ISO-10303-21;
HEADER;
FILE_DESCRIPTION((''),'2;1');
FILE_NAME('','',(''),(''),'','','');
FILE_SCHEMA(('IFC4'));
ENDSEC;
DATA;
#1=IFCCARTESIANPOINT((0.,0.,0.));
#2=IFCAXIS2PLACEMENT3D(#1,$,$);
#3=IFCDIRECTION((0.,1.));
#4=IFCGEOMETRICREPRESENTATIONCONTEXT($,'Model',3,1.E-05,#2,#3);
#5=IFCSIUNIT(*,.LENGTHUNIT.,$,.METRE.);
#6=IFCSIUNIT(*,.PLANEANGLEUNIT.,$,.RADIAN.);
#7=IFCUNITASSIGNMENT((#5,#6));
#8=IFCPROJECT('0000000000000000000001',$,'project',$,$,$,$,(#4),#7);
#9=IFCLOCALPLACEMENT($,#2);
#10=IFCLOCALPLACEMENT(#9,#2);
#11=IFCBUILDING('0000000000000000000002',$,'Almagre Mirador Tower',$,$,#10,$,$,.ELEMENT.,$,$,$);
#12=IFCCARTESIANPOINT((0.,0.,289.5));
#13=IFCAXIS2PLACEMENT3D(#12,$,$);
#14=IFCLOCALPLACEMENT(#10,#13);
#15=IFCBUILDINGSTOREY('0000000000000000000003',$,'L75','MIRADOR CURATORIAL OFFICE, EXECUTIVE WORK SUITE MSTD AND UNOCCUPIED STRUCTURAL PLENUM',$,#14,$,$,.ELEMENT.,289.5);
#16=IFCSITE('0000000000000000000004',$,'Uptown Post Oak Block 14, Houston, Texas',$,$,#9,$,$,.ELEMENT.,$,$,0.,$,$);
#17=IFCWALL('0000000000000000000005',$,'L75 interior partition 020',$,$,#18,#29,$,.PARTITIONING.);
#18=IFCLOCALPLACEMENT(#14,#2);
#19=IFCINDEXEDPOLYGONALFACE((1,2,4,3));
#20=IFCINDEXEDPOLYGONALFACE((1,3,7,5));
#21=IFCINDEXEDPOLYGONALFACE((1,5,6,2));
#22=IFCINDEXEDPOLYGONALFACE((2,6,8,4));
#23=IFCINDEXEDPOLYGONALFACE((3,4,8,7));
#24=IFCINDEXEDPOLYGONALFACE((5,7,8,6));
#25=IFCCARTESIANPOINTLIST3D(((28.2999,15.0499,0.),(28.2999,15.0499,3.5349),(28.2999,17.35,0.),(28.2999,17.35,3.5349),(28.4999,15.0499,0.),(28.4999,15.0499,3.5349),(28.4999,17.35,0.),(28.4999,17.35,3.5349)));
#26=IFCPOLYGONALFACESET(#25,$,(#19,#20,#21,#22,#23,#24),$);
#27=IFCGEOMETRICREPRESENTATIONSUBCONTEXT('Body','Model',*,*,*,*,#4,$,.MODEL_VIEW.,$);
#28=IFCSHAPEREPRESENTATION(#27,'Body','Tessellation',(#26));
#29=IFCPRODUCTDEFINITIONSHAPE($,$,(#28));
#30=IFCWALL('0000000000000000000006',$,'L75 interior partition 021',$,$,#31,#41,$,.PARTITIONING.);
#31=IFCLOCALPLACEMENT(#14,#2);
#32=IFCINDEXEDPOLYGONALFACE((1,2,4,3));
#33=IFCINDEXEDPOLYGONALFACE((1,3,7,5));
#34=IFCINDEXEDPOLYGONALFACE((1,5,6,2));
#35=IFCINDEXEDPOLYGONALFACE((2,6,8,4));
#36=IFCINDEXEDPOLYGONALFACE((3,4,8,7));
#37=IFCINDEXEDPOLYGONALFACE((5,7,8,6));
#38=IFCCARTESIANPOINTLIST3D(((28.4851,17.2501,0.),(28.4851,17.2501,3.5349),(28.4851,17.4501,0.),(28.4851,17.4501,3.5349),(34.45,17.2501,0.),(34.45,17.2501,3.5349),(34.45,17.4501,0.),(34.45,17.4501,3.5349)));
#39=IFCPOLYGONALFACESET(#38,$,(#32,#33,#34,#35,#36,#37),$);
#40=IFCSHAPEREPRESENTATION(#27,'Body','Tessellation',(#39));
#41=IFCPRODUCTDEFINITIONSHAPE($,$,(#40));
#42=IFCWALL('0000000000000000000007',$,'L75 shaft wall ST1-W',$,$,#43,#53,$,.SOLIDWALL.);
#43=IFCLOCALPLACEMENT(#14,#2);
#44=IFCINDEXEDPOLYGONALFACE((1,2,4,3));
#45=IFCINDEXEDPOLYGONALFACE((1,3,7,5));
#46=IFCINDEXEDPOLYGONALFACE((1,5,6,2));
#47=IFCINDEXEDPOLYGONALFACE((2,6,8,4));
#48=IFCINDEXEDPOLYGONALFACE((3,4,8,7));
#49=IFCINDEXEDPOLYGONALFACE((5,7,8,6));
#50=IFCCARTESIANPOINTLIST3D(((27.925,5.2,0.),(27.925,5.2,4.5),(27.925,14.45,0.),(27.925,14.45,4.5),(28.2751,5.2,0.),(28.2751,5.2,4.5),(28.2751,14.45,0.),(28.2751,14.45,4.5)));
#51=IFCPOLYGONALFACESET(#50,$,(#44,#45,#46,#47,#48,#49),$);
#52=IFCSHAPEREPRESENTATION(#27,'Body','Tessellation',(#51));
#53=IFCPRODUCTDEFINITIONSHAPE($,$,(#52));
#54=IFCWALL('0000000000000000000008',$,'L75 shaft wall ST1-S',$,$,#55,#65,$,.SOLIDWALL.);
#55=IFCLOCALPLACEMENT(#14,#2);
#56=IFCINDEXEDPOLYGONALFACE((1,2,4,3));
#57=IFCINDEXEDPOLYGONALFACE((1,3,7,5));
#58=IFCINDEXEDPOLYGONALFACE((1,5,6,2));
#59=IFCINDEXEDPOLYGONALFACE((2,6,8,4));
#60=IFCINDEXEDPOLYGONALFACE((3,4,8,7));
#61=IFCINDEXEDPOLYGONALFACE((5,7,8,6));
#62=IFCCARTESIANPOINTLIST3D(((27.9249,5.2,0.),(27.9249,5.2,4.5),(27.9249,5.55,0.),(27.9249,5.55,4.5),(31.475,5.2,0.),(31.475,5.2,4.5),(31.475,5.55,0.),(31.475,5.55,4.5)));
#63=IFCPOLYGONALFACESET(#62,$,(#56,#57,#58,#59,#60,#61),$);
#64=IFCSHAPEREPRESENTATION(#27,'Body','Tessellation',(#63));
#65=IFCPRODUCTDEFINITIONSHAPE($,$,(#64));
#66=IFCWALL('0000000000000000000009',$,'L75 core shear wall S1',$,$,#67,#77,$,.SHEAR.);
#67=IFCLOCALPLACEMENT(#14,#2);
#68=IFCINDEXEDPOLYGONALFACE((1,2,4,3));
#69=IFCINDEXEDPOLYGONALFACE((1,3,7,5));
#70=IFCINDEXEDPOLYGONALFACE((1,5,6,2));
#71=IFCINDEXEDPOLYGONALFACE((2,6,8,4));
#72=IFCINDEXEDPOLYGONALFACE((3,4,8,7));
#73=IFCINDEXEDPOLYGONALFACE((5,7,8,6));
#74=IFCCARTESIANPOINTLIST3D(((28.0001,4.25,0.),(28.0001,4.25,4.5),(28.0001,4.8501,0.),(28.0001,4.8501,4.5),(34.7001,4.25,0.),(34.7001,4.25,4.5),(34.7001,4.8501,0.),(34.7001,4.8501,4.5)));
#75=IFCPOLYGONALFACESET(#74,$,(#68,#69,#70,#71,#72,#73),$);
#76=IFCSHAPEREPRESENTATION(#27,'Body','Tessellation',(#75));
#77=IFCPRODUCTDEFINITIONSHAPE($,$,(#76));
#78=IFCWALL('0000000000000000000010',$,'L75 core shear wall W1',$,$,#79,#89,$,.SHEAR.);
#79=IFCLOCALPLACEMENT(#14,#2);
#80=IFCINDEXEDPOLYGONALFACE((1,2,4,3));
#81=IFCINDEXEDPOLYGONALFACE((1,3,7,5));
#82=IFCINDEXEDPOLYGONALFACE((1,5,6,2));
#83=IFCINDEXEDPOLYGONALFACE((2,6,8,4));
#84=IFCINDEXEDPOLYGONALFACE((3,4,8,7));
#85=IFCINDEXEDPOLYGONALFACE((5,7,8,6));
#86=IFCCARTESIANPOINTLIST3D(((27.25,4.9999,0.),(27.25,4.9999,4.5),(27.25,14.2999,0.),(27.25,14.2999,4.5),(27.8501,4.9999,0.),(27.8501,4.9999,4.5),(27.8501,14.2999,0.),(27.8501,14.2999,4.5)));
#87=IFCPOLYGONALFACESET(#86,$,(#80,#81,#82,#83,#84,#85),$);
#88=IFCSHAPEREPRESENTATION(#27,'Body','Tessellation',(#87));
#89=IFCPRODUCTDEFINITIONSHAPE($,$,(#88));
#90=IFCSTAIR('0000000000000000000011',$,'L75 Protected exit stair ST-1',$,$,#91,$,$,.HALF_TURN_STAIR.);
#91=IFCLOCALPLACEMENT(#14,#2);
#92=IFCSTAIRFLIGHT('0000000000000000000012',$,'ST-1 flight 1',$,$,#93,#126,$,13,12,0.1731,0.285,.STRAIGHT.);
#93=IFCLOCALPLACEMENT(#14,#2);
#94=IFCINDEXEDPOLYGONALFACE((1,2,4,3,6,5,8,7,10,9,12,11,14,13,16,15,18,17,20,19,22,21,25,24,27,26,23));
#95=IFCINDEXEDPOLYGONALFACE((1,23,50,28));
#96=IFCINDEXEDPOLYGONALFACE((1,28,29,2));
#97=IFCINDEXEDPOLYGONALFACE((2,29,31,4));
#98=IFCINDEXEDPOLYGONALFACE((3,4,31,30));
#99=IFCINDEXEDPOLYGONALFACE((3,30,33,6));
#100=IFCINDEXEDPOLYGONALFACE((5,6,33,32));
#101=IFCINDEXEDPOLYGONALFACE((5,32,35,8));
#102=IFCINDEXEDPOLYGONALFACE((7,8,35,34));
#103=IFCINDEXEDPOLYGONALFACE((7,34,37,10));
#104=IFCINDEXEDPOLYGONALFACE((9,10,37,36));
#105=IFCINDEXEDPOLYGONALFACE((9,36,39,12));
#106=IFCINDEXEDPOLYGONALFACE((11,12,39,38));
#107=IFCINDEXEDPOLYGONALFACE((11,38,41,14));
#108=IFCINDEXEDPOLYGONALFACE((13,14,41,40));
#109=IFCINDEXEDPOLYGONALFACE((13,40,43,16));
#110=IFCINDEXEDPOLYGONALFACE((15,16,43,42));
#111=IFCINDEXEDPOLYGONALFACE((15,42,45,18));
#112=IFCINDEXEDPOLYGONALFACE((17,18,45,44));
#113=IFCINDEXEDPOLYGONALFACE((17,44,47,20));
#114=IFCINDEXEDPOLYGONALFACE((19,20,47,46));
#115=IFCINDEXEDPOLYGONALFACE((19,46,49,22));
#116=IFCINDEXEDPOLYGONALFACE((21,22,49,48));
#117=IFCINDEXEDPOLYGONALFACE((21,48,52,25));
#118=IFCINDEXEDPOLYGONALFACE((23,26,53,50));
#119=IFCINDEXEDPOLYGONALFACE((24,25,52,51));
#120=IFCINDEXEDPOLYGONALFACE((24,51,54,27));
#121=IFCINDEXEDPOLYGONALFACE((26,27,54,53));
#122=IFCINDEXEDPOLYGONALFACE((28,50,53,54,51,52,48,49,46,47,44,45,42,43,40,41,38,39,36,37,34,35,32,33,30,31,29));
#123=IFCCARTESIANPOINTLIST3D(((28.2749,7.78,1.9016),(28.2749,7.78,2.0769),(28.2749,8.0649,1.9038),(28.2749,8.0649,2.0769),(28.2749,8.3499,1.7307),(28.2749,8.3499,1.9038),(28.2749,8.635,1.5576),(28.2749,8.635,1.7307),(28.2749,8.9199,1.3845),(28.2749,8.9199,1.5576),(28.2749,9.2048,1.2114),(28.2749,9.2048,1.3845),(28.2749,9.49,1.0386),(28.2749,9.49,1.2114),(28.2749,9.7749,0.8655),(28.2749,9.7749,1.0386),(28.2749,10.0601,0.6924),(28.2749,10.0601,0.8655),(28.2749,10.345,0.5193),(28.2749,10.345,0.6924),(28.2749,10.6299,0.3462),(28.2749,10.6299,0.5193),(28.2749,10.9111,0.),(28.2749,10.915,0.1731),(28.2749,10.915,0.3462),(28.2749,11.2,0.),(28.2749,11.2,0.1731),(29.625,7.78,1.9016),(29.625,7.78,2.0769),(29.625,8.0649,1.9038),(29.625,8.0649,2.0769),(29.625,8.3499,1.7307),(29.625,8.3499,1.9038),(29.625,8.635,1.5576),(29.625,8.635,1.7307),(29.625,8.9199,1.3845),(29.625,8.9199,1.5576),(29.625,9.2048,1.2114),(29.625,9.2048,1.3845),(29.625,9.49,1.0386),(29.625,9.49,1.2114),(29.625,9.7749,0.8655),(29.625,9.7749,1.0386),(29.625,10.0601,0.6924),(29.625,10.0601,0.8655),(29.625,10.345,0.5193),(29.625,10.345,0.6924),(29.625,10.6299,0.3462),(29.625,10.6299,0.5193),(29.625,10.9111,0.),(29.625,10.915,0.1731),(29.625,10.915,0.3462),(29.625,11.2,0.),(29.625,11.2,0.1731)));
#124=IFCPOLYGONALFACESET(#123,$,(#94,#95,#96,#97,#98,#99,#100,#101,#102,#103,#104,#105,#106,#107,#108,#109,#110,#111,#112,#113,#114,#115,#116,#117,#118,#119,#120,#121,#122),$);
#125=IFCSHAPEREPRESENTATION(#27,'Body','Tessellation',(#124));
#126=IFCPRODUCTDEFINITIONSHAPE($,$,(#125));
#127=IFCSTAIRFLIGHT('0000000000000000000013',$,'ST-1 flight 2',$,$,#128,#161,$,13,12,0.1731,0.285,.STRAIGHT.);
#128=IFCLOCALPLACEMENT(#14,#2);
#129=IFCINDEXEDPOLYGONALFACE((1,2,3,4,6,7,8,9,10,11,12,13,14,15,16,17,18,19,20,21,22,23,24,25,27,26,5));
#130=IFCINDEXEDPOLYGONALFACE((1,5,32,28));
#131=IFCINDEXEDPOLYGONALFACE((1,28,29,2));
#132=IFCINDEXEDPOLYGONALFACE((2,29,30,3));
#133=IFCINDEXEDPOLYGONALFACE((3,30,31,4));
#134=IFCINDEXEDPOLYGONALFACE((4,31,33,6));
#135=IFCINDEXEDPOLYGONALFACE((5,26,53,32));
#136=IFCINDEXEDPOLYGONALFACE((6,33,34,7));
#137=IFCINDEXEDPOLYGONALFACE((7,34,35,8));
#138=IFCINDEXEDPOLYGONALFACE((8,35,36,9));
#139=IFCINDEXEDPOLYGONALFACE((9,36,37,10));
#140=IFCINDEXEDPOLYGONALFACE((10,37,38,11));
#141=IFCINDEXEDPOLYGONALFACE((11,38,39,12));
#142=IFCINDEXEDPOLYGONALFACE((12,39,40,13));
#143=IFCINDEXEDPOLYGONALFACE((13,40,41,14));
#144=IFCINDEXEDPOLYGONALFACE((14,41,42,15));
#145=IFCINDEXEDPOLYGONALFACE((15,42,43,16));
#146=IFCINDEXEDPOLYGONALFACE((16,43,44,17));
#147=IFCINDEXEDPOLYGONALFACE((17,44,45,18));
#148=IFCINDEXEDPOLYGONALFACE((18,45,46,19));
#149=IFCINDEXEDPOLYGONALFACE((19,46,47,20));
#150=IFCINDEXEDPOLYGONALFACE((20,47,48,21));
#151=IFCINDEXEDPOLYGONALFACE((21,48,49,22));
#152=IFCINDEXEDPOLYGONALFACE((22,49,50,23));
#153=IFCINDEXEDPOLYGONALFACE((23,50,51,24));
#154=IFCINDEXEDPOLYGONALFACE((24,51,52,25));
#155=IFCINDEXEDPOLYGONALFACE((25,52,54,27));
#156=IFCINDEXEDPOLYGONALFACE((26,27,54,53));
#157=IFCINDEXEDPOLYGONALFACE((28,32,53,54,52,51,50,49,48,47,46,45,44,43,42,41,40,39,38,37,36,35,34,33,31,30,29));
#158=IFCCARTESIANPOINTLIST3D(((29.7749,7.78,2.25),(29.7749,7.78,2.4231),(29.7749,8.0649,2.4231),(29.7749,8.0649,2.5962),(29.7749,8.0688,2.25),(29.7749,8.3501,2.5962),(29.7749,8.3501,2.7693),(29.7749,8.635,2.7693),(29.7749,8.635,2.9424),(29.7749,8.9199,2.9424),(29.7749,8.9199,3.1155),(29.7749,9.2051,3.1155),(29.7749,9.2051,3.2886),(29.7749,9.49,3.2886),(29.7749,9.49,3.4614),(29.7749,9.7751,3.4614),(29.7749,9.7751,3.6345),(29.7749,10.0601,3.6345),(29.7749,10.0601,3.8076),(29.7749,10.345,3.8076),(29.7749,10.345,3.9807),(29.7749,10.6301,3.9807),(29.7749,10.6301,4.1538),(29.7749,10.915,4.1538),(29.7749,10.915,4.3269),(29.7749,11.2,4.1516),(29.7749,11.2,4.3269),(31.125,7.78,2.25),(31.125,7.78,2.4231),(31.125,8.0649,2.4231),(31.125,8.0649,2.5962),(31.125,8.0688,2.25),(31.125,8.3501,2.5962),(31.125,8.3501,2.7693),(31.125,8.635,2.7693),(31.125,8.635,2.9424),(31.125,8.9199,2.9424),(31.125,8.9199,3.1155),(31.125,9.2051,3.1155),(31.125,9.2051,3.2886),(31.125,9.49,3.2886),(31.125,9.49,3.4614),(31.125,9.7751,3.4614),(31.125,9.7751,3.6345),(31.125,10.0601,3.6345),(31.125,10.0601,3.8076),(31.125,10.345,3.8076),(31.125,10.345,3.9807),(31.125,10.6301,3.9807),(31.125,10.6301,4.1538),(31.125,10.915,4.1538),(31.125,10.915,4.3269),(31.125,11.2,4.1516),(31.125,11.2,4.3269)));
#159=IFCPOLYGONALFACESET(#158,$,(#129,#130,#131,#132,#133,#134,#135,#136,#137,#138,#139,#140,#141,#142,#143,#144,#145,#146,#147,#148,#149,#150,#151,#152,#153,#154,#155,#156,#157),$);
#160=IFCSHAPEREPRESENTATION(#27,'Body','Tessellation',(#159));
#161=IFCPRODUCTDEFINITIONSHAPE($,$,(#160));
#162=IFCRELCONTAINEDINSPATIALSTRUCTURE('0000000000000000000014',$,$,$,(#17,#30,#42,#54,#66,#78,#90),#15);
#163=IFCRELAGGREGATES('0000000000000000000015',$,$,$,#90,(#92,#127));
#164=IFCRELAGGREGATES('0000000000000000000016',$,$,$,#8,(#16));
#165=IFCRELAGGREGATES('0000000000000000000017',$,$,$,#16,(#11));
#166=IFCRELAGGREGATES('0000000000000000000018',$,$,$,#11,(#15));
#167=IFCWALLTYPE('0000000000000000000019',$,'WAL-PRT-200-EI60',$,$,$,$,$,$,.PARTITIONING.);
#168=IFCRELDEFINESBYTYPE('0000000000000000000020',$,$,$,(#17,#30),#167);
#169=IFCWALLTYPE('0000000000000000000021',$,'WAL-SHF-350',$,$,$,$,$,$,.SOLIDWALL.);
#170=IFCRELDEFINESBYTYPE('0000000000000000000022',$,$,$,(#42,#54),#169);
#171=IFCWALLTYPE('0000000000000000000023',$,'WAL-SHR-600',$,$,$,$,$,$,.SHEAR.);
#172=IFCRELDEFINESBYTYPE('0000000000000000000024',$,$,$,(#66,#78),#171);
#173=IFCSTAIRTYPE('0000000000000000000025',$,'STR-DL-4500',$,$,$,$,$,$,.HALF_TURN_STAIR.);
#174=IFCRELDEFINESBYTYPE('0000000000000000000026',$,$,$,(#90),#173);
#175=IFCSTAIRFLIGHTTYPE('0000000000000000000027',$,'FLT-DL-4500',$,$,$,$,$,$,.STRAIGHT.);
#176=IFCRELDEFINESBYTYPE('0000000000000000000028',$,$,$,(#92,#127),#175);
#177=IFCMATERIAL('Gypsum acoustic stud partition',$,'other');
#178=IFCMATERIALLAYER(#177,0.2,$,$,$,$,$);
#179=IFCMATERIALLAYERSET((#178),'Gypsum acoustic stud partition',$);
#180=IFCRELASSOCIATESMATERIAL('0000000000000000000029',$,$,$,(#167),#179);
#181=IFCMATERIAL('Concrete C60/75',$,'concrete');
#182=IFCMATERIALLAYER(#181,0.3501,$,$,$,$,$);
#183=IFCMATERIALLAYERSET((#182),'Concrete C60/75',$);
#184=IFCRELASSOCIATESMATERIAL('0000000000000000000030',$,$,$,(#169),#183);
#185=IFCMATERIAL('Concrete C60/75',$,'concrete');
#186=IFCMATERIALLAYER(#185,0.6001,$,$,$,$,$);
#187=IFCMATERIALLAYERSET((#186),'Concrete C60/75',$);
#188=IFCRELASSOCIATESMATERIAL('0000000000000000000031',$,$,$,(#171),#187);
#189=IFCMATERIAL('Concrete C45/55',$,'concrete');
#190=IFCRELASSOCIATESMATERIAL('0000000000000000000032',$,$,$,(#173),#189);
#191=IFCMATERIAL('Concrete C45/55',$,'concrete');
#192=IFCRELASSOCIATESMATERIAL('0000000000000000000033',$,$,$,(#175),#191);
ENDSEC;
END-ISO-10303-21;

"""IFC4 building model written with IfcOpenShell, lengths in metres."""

from ifc_helpers import new_model, si_unit, direction, frame, frame_2d, origin, place, context, subcontext, project, spatial, polyline, rectangle, outline, extrude, material, layer, layer_set, type_object, element, aggregate, save


model = new_model("IFC4")

# Units and contexts
model_context = context("Model", 3, precision=1e-05, world=origin(), true_north=direction((0.0, 1.0)))
body_context = subcontext(model_context, "Body", "Model", "MODEL_VIEW")
ifc_project = project(units=[si_unit("LENGTHUNIT", "METRE"), si_unit("PLANEANGLEUNIT", "RADIAN")], contexts=[model_context])

# Site, building, storey
site_placement = place(None, origin())
site = spatial("IfcSite", under=ifc_project, at=site_placement, Name="Uptown Post Oak Block 14, Houston, Texas", CompositionType="ELEMENT", RefElevation=0.0)
building_placement = place(site_placement, origin())
building = spatial("IfcBuilding", under=site, at=building_placement, Name="Almagre Mirador Tower", CompositionType="ELEMENT")
storey_placement = place(building_placement, frame((0.0, 0.0, 289.5)))
storey = spatial("IfcBuildingStorey", under=building, at=storey_placement, Name="L75", Description="MIRADOR CURATORIAL OFFICE, EXECUTIVE WORK SUITE MSTD AND UNOCCUPIED STRUCTURAL PLENUM", CompositionType="ELEMENT", Elevation=289.5)

# Walls
ifc_material_1 = material(Name="Gypsum acoustic stud partition", Category="other")
ifc_layer_1 = layer(ifc_material_1, 0.2)
ifc_layer_set_1 = layer_set([ifc_layer_1], Name="Gypsum acoustic stud partition")
wall_type_1 = type_object("IfcWallType", Name="WAL-PRT-200-EI60", PredefinedType="PARTITIONING", material=ifc_layer_set_1)
wall_1_placement = place(storey_placement, frame((28.3999, 15.05, 0.0), z_axis=(0.0, 0.0, 1.0), x_axis=(0.0, 1.0, 0.0)))
element("IfcWall", 1, at=wall_1_placement, inside=storey, type_object=wall_type_1, Name="L75 interior partition 020", PredefinedType="PARTITIONING", context=body_context, shape_type="SweptSolid", body=[
    extrude(rectangle(XDim=2.3, YDim=0.2, at=frame_2d((1.1499, 0.0))), origin(), (0.0, 0.0, 1.0), 3.5349),
])
wall_2_placement = place(storey_placement, frame((28.4851, 17.3501, 0.0), z_axis=(0.0, 0.0, 1.0), x_axis=(1.0, 0.0, 0.0)))
element("IfcWall", 2, at=wall_2_placement, inside=storey, type_object=wall_type_1, Name="L75 interior partition 021", PredefinedType="PARTITIONING", context=body_context, shape_type="SweptSolid", body=[
    extrude(rectangle(XDim=5.9648, YDim=0.2, at=frame_2d((2.9824, 0.0))), origin(), (0.0, 0.0, 1.0), 3.5349),
])
ifc_material_2 = material(Name="Concrete C60/75", Category="concrete")
ifc_layer_2 = layer(ifc_material_2, 0.3501)
ifc_layer_set_2 = layer_set([ifc_layer_2], Name="Concrete C60/75")
wall_type_2 = type_object("IfcWallType", Name="WAL-SHF-350", PredefinedType="SOLIDWALL", material=ifc_layer_set_2)
wall_3_placement = place(storey_placement, frame((28.1001, 5.2, 0.0), z_axis=(0.0, 0.0, 1.0), x_axis=(0.0, 1.0, 0.0)))
element("IfcWall", 3, at=wall_3_placement, inside=storey, type_object=wall_type_2, Name="L75 shaft wall ST1-W", PredefinedType="SOLIDWALL", context=body_context, shape_type="SweptSolid", body=[
    extrude(rectangle(XDim=9.25, YDim=0.3501, at=frame_2d((4.625, 0.0))), origin(), (0.0, 0.0, 1.0), 4.5),
])
wall_4_placement = place(storey_placement, frame((27.925, 5.375, 0.0), z_axis=(0.0, 0.0, 1.0), x_axis=(1.0, 0.0, 0.0)))
element("IfcWall", 4, at=wall_4_placement, inside=storey, type_object=wall_type_2, Name="L75 shaft wall ST1-S", PredefinedType="SOLIDWALL", context=body_context, shape_type="SweptSolid", body=[
    extrude(rectangle(XDim=3.55, YDim=0.3501, at=frame_2d((1.7749, 0.0))), origin(), (0.0, 0.0, 1.0), 4.5),
])
ifc_material_3 = material(Name="Concrete C60/75", Category="concrete")
ifc_layer_3 = layer(ifc_material_3, 0.6001)
ifc_layer_set_3 = layer_set([ifc_layer_3], Name="Concrete C60/75")
wall_type_3 = type_object("IfcWallType", Name="WAL-SHR-600", PredefinedType="SHEAR", material=ifc_layer_set_3)
wall_5_placement = place(storey_placement, frame((28.0, 4.55, 0.0), z_axis=(0.0, 0.0, 1.0), x_axis=(1.0, 0.0, 0.0)))
element("IfcWall", 5, at=wall_5_placement, inside=storey, type_object=wall_type_3, Name="L75 core shear wall S1", PredefinedType="SHEAR", context=body_context, shape_type="SweptSolid", body=[
    extrude(rectangle(XDim=6.7, YDim=0.6001, at=frame_2d((3.3501, 0.0))), origin(), (0.0, 0.0, 1.0), 4.5),
])

# Wall
wall_6_placement = place(storey_placement, frame((27.55, 5.0, 0.0), z_axis=(0.0, 0.0, 1.0), x_axis=(0.0, 1.0, 0.0)))
element("IfcWall", 6, at=wall_6_placement, inside=storey, type_object=wall_type_3, Name="L75 core shear wall W1", PredefinedType="SHEAR", context=body_context, shape_type="SweptSolid", body=[
    extrude(rectangle(XDim=9.3, YDim=0.6001, at=frame_2d((4.6499, 0.0))), origin(), (0.0, 0.0, 1.0), 4.5),
])

# Stair, stair flights
ifc_material_4 = material(Name="Concrete C45/55", Category="concrete")
stair_type = type_object("IfcStairType", Name="STR-DL-4500", PredefinedType="HALF_TURN_STAIR", material=ifc_material_4)
stair_placement = place(storey_placement, origin())
stair = element("IfcStair", 7, at=stair_placement, inside=storey, type_object=stair_type, Name="L75 Protected exit stair ST-1", PredefinedType="HALF_TURN_STAIR")
ifc_material_5 = material(Name="Concrete C45/55", Category="concrete")
stair_flight_type = type_object("IfcStairFlightType", Name="FLT-DL-4500", PredefinedType="STRAIGHT", material=ifc_material_5)
stair_flight_1_placement = place(storey_placement, frame((28.95, 11.2, 0.0), z_axis=(0.0, 0.0, 1.0), x_axis=(0.0, -1.0, 0.0)))
stair_flight_1 = element("IfcStairFlight", 8, at=stair_flight_1_placement, type_object=stair_flight_type, Name="ST-1 flight 1", NumberOfRisers=13, NumberOfTreads=12, PredefinedType="STRAIGHT", RiserHeight=0.1731, TreadLength=0.285, context=body_context, shape_type="SweptSolid", body=[
    extrude(outline(polyline([(0.0, 0.0), (0.0, 0.1731), (0.2849, 0.1731), (0.2849, 0.3462), (0.5701, 0.3462), (0.5701, 0.5193), (0.855, 0.5193), (0.855, 0.6924), (1.1399, 0.6924), (1.1399, 0.8655), (1.425, 0.8655), (1.425, 1.0386), (1.71, 1.0386), (1.71, 1.2114), (1.9951, 1.2114), (1.9951, 1.3845), (2.28, 1.3845), (2.28, 1.5576), (2.5649, 1.5576), (2.5649, 1.7307), (2.8501, 1.7307), (2.8501, 1.9038), (3.135, 1.9038), (3.135, 2.0769), (3.4199, 2.0769), (3.4199, 2.25), (3.4199, 1.9016), (0.2888, 0.0), (0.0, 0.0)])), frame((0.0, 0.675, 0.0), z_axis=(0.0, -1.0, 0.0), x_axis=(1.0, 0.0, 0.0)), (0.0, 0.0, 1.0), 1.3501),
])
stair_flight_2_placement = place(storey_placement, frame((30.45, 7.78, 2.25), z_axis=(0.0, 0.0, 1.0), x_axis=(0.0, 1.0, 0.0)))
stair_flight_2 = element("IfcStairFlight", 9, at=stair_flight_2_placement, type_object=stair_flight_type, Name="ST-1 flight 2", NumberOfRisers=13, NumberOfTreads=12, PredefinedType="STRAIGHT", RiserHeight=0.1731, TreadLength=0.285, context=body_context, shape_type="SweptSolid", body=[
    extrude(outline(polyline([(0.0, 0.0), (0.0, 0.1731), (0.2849, 0.1731), (0.2849, 0.3462), (0.5701, 0.3462), (0.5701, 0.5193), (0.855, 0.5193), (0.855, 0.6924), (1.1399, 0.6924), (1.1399, 0.8655), (1.425, 0.8655), (1.425, 1.0386), (1.71, 1.0386), (1.71, 1.2114), (1.9951, 1.2114), (1.9951, 1.3845), (2.28, 1.3845), (2.28, 1.5576), (2.5649, 1.5576), (2.5649, 1.7307), (2.8501, 1.7307), (2.8501, 1.9038), (3.135, 1.9038), (3.135, 2.0769), (3.4199, 2.0769), (3.4199, 2.25), (3.4199, 1.9016), (0.2888, 0.0), (0.0, 0.0)])), frame((0.0, 0.675, 0.0), z_axis=(0.0, -1.0, 0.0), x_axis=(1.0, 0.0, 0.0)), (0.0, 0.0, 1.0), 1.3501),
])
aggregate(stair, [stair_flight_1, stair_flight_2])

save(model, "model.ifc")
